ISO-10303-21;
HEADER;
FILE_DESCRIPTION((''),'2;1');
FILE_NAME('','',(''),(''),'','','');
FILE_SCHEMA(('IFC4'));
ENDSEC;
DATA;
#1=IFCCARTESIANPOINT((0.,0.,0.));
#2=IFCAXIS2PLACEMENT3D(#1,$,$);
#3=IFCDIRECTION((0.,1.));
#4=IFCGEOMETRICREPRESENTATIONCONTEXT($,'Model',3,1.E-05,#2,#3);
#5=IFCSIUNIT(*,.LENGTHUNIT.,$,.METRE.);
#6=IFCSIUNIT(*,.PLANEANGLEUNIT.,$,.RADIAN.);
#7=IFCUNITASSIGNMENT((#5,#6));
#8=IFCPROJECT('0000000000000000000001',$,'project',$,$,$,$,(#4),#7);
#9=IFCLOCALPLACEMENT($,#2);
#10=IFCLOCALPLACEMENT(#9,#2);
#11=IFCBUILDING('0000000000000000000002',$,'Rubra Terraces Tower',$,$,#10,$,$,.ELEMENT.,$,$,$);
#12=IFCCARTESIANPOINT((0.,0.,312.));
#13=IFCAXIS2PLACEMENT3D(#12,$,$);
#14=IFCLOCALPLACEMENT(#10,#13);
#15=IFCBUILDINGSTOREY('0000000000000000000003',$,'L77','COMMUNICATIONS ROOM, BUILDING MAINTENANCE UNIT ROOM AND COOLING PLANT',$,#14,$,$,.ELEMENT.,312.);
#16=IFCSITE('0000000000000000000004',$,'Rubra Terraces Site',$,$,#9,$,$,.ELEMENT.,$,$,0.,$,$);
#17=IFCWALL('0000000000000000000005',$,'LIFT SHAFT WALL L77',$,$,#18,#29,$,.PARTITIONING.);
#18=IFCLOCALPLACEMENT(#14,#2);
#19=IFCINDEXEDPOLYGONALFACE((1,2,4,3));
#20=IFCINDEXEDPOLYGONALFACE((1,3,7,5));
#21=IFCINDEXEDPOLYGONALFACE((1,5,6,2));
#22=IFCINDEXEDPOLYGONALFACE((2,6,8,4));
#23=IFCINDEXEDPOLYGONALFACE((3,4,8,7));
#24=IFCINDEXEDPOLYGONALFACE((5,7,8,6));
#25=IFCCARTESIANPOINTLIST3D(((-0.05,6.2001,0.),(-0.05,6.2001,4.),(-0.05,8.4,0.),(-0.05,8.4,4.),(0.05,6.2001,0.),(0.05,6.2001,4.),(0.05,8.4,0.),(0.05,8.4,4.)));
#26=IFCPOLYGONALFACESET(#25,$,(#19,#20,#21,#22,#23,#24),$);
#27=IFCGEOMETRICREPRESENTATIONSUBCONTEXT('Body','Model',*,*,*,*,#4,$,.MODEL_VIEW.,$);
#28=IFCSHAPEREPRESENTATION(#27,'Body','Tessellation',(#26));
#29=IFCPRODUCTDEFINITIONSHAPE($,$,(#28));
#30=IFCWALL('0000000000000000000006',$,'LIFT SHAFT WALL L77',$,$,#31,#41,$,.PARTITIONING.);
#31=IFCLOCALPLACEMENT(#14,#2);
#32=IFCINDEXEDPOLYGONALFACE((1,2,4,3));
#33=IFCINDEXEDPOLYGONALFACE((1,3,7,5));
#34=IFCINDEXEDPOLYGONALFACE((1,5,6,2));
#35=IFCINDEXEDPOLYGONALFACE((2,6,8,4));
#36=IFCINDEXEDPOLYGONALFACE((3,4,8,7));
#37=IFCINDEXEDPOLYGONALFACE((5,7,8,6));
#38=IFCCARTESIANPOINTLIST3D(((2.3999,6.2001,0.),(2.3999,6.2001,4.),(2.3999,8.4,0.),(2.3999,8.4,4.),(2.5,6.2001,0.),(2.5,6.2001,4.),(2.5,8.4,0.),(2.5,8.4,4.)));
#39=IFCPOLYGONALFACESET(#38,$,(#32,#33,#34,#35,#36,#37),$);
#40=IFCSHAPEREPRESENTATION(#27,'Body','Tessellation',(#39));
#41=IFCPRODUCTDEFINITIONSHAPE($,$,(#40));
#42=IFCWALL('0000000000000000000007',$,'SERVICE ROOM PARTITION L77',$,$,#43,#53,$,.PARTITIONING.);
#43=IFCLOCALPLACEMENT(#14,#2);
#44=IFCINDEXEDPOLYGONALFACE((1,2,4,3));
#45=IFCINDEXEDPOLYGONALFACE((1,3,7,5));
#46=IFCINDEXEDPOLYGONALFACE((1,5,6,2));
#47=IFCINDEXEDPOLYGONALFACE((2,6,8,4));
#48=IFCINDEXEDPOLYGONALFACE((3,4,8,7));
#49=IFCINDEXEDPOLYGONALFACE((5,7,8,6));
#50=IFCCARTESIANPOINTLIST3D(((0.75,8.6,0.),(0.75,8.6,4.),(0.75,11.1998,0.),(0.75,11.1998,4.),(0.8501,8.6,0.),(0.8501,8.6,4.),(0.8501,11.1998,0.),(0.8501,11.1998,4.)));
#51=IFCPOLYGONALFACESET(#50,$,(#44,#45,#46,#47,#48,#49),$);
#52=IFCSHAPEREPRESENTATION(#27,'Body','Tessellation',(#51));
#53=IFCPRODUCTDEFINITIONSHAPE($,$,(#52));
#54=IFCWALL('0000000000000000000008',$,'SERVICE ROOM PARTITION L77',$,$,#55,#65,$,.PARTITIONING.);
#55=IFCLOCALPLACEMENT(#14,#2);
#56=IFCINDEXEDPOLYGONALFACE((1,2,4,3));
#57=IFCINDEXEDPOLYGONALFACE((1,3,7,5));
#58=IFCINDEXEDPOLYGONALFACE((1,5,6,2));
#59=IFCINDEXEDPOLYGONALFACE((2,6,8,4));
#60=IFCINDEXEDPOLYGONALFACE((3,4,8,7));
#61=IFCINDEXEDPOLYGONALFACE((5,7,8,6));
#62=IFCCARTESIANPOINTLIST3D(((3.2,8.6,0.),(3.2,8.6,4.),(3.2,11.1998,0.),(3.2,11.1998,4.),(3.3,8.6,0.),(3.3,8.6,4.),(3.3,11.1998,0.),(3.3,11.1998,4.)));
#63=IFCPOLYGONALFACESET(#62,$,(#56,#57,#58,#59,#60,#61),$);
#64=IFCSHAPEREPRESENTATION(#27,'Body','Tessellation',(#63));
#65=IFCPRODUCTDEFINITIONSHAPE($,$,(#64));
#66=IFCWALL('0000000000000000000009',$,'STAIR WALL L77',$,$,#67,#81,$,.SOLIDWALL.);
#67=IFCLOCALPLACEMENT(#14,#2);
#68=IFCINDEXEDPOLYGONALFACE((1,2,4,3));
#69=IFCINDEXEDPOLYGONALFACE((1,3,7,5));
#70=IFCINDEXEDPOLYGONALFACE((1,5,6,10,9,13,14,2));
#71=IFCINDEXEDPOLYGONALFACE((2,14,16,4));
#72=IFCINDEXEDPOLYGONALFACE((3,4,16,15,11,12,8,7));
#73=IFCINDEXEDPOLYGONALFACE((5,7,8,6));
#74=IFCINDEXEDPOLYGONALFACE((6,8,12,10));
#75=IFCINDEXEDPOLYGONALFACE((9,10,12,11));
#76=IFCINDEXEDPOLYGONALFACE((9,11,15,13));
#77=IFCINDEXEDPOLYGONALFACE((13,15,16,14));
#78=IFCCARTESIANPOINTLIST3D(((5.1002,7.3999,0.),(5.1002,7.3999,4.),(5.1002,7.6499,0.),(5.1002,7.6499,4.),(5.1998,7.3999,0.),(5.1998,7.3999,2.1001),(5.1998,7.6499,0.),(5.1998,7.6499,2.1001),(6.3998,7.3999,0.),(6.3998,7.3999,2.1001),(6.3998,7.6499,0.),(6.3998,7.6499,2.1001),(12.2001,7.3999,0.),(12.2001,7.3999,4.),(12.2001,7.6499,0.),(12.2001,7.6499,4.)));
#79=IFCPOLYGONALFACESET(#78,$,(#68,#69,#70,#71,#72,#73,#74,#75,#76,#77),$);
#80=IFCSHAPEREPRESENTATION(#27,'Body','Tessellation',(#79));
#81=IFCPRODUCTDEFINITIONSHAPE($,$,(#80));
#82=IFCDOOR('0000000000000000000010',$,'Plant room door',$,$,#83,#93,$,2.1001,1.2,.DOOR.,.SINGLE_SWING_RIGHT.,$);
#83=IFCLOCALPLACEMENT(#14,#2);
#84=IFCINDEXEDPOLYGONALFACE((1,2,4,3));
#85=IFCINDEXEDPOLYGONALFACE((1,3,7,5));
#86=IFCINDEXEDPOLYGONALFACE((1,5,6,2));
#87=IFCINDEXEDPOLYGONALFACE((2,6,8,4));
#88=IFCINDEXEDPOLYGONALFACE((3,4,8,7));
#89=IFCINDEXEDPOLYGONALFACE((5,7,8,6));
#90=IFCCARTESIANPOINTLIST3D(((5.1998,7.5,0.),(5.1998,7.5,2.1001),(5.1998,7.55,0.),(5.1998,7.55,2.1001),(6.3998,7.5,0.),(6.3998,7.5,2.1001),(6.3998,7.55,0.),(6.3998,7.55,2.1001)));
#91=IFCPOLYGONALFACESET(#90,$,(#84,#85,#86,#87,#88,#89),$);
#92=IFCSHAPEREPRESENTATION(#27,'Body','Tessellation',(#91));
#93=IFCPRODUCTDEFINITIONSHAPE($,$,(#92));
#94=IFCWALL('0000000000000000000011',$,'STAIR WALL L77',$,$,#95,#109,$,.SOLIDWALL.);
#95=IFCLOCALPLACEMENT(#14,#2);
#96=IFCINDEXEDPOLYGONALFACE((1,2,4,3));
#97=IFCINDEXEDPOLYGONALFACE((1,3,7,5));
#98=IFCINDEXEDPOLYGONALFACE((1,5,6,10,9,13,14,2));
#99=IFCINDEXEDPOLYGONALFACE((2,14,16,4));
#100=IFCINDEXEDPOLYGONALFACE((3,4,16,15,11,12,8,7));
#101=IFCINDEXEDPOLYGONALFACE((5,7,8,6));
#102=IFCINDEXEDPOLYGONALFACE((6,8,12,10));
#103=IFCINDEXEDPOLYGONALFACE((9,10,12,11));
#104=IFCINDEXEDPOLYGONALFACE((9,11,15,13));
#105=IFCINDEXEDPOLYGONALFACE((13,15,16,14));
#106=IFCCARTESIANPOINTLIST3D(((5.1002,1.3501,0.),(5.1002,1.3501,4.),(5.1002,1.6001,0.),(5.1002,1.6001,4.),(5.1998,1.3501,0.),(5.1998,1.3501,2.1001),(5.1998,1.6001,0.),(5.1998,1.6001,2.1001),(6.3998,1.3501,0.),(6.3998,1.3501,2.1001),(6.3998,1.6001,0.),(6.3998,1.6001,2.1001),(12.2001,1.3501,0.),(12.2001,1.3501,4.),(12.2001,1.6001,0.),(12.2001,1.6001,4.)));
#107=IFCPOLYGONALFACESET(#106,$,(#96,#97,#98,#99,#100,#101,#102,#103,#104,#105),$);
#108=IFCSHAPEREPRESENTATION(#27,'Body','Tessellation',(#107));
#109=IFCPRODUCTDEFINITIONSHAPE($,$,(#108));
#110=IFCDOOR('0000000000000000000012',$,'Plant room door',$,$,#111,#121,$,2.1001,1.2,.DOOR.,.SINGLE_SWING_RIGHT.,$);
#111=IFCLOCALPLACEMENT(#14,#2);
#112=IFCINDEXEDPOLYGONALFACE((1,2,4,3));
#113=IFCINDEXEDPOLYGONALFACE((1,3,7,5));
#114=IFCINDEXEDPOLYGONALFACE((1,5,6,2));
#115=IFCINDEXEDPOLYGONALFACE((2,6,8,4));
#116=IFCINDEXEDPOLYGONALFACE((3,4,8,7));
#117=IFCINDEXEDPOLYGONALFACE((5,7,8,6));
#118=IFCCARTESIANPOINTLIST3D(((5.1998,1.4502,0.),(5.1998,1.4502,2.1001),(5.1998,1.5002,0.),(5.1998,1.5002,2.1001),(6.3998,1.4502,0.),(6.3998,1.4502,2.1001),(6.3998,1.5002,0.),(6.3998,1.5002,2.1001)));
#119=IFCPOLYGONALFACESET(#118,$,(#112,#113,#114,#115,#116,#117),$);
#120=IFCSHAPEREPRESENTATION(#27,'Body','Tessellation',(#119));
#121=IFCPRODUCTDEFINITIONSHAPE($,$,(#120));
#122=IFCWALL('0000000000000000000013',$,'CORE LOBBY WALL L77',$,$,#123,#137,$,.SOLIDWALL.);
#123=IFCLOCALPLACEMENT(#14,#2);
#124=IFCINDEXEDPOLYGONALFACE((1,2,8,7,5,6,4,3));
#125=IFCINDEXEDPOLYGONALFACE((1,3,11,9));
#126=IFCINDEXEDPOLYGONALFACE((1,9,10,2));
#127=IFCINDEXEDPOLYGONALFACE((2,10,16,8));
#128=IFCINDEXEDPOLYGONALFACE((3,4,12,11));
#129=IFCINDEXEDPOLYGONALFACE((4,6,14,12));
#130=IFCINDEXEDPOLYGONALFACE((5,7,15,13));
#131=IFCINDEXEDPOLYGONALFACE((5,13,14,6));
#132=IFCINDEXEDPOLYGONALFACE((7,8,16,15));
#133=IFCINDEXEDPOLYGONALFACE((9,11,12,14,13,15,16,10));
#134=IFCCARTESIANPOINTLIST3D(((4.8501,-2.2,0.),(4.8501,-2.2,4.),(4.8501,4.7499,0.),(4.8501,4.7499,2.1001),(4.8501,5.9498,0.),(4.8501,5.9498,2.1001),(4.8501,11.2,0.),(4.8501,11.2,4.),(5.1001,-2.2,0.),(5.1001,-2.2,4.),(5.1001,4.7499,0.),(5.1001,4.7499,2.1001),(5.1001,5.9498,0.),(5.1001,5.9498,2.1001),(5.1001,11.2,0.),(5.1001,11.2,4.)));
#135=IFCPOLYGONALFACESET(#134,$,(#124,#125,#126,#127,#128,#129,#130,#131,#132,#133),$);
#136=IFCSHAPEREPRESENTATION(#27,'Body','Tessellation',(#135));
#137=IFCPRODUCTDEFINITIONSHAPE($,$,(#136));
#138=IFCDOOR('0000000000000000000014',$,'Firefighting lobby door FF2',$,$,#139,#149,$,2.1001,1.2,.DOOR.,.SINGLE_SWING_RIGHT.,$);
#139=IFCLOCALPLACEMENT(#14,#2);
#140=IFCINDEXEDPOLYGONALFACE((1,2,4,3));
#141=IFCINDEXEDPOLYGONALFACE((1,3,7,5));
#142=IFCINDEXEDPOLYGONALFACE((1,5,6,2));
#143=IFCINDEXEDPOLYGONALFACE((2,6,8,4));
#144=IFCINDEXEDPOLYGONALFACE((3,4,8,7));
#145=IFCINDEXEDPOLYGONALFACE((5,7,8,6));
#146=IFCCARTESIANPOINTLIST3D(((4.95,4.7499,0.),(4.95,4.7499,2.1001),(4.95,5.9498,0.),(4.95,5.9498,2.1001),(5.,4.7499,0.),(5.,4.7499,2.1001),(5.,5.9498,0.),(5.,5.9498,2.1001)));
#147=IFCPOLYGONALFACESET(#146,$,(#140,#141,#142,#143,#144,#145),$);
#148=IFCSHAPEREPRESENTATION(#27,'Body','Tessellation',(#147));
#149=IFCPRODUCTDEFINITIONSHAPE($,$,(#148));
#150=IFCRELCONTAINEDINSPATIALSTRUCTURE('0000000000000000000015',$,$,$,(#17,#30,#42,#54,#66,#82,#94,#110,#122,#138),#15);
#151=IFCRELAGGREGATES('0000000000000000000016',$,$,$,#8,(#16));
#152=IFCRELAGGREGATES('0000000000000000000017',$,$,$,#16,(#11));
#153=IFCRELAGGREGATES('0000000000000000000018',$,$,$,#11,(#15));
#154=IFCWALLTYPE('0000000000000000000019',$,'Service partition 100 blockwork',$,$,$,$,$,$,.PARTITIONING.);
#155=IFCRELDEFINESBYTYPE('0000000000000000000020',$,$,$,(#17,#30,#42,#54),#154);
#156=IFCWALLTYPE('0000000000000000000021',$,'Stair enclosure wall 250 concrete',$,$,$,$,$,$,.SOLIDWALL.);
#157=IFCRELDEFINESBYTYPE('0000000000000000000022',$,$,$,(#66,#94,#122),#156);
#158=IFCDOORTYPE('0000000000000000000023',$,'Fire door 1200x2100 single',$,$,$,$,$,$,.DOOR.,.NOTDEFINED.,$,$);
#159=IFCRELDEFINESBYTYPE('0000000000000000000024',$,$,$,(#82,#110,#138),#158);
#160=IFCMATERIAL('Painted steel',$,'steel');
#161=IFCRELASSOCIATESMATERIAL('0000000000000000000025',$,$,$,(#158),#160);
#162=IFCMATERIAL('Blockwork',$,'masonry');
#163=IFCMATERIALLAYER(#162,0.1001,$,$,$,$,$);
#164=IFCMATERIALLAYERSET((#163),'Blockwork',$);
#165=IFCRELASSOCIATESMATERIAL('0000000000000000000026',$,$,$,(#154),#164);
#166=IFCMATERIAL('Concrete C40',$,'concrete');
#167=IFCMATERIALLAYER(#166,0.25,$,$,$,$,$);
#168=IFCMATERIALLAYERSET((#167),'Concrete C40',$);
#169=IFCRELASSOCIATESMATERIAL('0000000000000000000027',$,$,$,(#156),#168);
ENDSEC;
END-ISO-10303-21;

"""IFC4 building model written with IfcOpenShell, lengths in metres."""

from ifc_helpers import new_model, si_unit, direction, frame, frame_2d, origin, place, context, subcontext, project, spatial, rectangle, extrude, material, layer, layer_set, type_object, element, fill, save


model = new_model("IFC4")

# Units and contexts
model_context = context("Model", 3, precision=1e-05, world=origin(), true_north=direction((0.0, 1.0)))
body_context = subcontext(model_context, "Body", "Model", "MODEL_VIEW")
ifc_project = project(units=[si_unit("LENGTHUNIT", "METRE"), si_unit("PLANEANGLEUNIT", "RADIAN")], contexts=[model_context])

# Site, building, storey
site_placement = place(None, origin())
site = spatial("IfcSite", under=ifc_project, at=site_placement, Name="Rubra Terraces Site", CompositionType="ELEMENT", RefElevation=0.0)
building_placement = place(site_placement, origin())
building = spatial("IfcBuilding", under=site, at=building_placement, Name="Rubra Terraces Tower", CompositionType="ELEMENT")
storey_placement = place(building_placement, frame((0.0, 0.0, 312.0)))
storey = spatial("IfcBuildingStorey", under=building, at=storey_placement, Name="L77", Description="COMMUNICATIONS ROOM, BUILDING MAINTENANCE UNIT ROOM AND COOLING PLANT", CompositionType="ELEMENT", Elevation=312.0)

# Shared definitions
ifc_material_1 = material(Name="Concrete C40", Category="concrete")

# Shared definitions
ifc_material_2 = material(Name="Painted steel", Category="steel")
door_type_1 = type_object("IfcDoorType", Name="Fire door 1200x2100 single", OperationType="NOTDEFINED", PredefinedType="DOOR", material=ifc_material_2)

# Walls
ifc_material_3 = material(Name="Blockwork", Category="masonry")
ifc_layer_1 = layer(ifc_material_3, 0.1001)
ifc_layer_set_1 = layer_set([ifc_layer_1], Name="Blockwork")
wall_type_1 = type_object("IfcWallType", Name="Service partition 100 blockwork", PredefinedType="PARTITIONING", material=ifc_layer_set_1)
for number, where, z_axis, x_axis, name in (
    (1, (0.0, 6.2, 0.0), (0.0, 0.0, 1.0), (0.0, 1.0, 0.0), "LIFT SHAFT WALL L77"),
    (2, (2.45, 6.2, 0.0), (0.0, 0.0, 1.0), (0.0, 1.0, 0.0), "LIFT SHAFT WALL L77"),
):
    element("IfcWall", number, at=place(storey_placement, frame(where, z_axis=z_axis, x_axis=x_axis)), inside=storey, type_object=wall_type_1, Name=name, PredefinedType="PARTITIONING", context=body_context, shape_type="SweptSolid", body=[
        extrude(rectangle(XDim=2.2, YDim=0.1001, at=frame_2d((1.1001, 0.0))), origin(), (0.0, 0.0, 1.0), 4.0),
    ])
for number, where, z_axis, x_axis, name in (
    (3, (0.8, 8.6001, 0.0), (0.0, 0.0, 1.0), (0.0, 1.0, 0.0), "SERVICE ROOM PARTITION L77"),
    (4, (3.25, 8.6001, 0.0), (0.0, 0.0, 1.0), (0.0, 1.0, 0.0), "SERVICE ROOM PARTITION L77"),
):
    element("IfcWall", number, at=place(storey_placement, frame(where, z_axis=z_axis, x_axis=x_axis)), inside=storey, type_object=wall_type_1, Name=name, PredefinedType="PARTITIONING", context=body_context, shape_type="SweptSolid", body=[
        extrude(rectangle(XDim=2.5999, YDim=0.1001, at=frame_2d((1.2998, 0.0))), origin(), (0.0, 0.0, 1.0), 4.0),
    ])

# Walls, openings, doors
ifc_layer_2 = layer(ifc_material_1, 0.25)
ifc_layer_set_2 = layer_set([ifc_layer_2], Name="Concrete C40")
wall_type_2 = type_object("IfcWallType", Name="Stair enclosure wall 250 concrete", PredefinedType="SOLIDWALL", material=ifc_layer_set_2)
wall_1_placement = place(storey_placement, frame((12.2, 7.5249, 0.0), z_axis=(0.0, 0.0, 1.0), x_axis=(-1.0, 0.0, 0.0)))
wall_1 = element("IfcWall", 5, at=wall_1_placement, inside=storey, type_object=wall_type_2, Name="STAIR WALL L77", PredefinedType="SOLIDWALL", context=body_context, shape_type="SweptSolid", body=[
    extrude(rectangle(XDim=7.0999, YDim=0.25, at=frame_2d((3.5498, 0.0))), origin(), (0.0, 0.0, 1.0), 4.0),
])
opening_1_placement = place(wall_1_placement, frame((5.8, 0.0, 0.0)))
opening_1 = element("IfcOpeningElement", 6, at=opening_1_placement, cuts=wall_1, PredefinedType="OPENING", context=body_context, shape_type="SweptSolid", body=[
    extrude(rectangle(XDim=1.2, YDim=2.1001, at=frame_2d((0.6001, 1.05))), frame((0.0, 0.135, 0.0), z_axis=(0.0, -1.0, 0.0), x_axis=(1.0, 0.0, 0.0)), (0.0, 0.0, 1.0), 0.27),
])
door_1_placement = place(opening_1_placement, origin())
door_1 = element("IfcDoor", 7, at=door_1_placement, inside=storey, type_object=door_type_1, Name="Plant room door", OperationType="SINGLE_SWING_RIGHT", OverallHeight=2.1001, OverallWidth=1.2, PredefinedType="DOOR", context=body_context, shape_type="SweptSolid", body=[
    extrude(rectangle(XDim=1.2, YDim=2.1001, at=frame_2d((0.6001, 1.05))), frame((0.0, 0.0249, 0.0), z_axis=(0.0, -1.0, 0.0), x_axis=(1.0, 0.0, 0.0)), (0.0, 0.0, 1.0), 0.05),
])
fill(opening_1, door_1)
wall_2_placement = place(storey_placement, frame((12.2, 1.4751, 0.0), z_axis=(0.0, 0.0, 1.0), x_axis=(-1.0, 0.0, 0.0)))
wall_2 = element("IfcWall", 8, at=wall_2_placement, inside=storey, type_object=wall_type_2, Name="STAIR WALL L77", PredefinedType="SOLIDWALL", context=body_context, shape_type="SweptSolid", body=[
    extrude(rectangle(XDim=7.0999, YDim=0.25, at=frame_2d((3.5498, 0.0))), origin(), (0.0, 0.0, 1.0), 4.0),
])
opening_2_placement = place(wall_2_placement, frame((5.8, 0.0, 0.0)))
opening_2 = element("IfcOpeningElement", 9, at=opening_2_placement, cuts=wall_2, PredefinedType="OPENING", context=body_context, shape_type="SweptSolid", body=[
    extrude(rectangle(XDim=1.2, YDim=2.1001, at=frame_2d((0.6001, 1.05))), frame((0.0, 0.135, 0.0), z_axis=(0.0, -1.0, 0.0), x_axis=(1.0, 0.0, 0.0)), (0.0, 0.0, 1.0), 0.27),
])
door_2_placement = place(opening_2_placement, origin())
door_2 = element("IfcDoor", 10, at=door_2_placement, inside=storey, type_object=door_type_1, Name="Plant room door", OperationType="SINGLE_SWING_RIGHT", OverallHeight=2.1001, OverallWidth=1.2, PredefinedType="DOOR", context=body_context, shape_type="SweptSolid", body=[
    extrude(rectangle(XDim=1.2, YDim=2.1001, at=frame_2d((0.6001, 1.05))), frame((0.0, 0.0249, 0.0), z_axis=(0.0, -1.0, 0.0), x_axis=(1.0, 0.0, 0.0)), (0.0, 0.0, 1.0), 0.05),
])
fill(opening_2, door_2)
wall_3_placement = place(storey_placement, frame((4.9751, 11.2, 0.0), z_axis=(0.0, 0.0, 1.0), x_axis=(0.0, -1.0, 0.0)))
wall_3 = element("IfcWall", 11, at=wall_3_placement, inside=storey, type_object=wall_type_2, Name="CORE LOBBY WALL L77", PredefinedType="SOLIDWALL", context=body_context, shape_type="SweptSolid", body=[
    extrude(rectangle(XDim=13.3999, YDim=0.25, at=frame_2d((6.7, 0.0))), origin(), (0.0, 0.0, 1.0), 4.0),
])
opening_3_placement = place(wall_3_placement, frame((5.25, 0.0, 0.0)))
opening_3 = element("IfcOpeningElement", 12, at=opening_3_placement, cuts=wall_3, PredefinedType="OPENING", context=body_context, shape_type="SweptSolid", body=[
    extrude(rectangle(XDim=1.2, YDim=2.1001, at=frame_2d((0.6001, 1.05))), frame((0.0, 0.135, 0.0), z_axis=(0.0, -1.0, 0.0), x_axis=(1.0, 0.0, 0.0)), (0.0, 0.0, 1.0), 0.27),
])
door_3_placement = place(opening_3_placement, origin())
door_3 = element("IfcDoor", 13, at=door_3_placement, inside=storey, type_object=door_type_1, Name="Firefighting lobby door FF2", OperationType="SINGLE_SWING_RIGHT", OverallHeight=2.1001, OverallWidth=1.2, PredefinedType="DOOR", context=body_context, shape_type="SweptSolid", body=[
    extrude(rectangle(XDim=1.2, YDim=2.1001, at=frame_2d((0.6001, 1.05))), frame((0.0, 0.0249, 0.0), z_axis=(0.0, -1.0, 0.0), x_axis=(1.0, 0.0, 0.0)), (0.0, 0.0, 1.0), 0.05),
])
fill(opening_3, door_3)

save(model, "model.ifc")
